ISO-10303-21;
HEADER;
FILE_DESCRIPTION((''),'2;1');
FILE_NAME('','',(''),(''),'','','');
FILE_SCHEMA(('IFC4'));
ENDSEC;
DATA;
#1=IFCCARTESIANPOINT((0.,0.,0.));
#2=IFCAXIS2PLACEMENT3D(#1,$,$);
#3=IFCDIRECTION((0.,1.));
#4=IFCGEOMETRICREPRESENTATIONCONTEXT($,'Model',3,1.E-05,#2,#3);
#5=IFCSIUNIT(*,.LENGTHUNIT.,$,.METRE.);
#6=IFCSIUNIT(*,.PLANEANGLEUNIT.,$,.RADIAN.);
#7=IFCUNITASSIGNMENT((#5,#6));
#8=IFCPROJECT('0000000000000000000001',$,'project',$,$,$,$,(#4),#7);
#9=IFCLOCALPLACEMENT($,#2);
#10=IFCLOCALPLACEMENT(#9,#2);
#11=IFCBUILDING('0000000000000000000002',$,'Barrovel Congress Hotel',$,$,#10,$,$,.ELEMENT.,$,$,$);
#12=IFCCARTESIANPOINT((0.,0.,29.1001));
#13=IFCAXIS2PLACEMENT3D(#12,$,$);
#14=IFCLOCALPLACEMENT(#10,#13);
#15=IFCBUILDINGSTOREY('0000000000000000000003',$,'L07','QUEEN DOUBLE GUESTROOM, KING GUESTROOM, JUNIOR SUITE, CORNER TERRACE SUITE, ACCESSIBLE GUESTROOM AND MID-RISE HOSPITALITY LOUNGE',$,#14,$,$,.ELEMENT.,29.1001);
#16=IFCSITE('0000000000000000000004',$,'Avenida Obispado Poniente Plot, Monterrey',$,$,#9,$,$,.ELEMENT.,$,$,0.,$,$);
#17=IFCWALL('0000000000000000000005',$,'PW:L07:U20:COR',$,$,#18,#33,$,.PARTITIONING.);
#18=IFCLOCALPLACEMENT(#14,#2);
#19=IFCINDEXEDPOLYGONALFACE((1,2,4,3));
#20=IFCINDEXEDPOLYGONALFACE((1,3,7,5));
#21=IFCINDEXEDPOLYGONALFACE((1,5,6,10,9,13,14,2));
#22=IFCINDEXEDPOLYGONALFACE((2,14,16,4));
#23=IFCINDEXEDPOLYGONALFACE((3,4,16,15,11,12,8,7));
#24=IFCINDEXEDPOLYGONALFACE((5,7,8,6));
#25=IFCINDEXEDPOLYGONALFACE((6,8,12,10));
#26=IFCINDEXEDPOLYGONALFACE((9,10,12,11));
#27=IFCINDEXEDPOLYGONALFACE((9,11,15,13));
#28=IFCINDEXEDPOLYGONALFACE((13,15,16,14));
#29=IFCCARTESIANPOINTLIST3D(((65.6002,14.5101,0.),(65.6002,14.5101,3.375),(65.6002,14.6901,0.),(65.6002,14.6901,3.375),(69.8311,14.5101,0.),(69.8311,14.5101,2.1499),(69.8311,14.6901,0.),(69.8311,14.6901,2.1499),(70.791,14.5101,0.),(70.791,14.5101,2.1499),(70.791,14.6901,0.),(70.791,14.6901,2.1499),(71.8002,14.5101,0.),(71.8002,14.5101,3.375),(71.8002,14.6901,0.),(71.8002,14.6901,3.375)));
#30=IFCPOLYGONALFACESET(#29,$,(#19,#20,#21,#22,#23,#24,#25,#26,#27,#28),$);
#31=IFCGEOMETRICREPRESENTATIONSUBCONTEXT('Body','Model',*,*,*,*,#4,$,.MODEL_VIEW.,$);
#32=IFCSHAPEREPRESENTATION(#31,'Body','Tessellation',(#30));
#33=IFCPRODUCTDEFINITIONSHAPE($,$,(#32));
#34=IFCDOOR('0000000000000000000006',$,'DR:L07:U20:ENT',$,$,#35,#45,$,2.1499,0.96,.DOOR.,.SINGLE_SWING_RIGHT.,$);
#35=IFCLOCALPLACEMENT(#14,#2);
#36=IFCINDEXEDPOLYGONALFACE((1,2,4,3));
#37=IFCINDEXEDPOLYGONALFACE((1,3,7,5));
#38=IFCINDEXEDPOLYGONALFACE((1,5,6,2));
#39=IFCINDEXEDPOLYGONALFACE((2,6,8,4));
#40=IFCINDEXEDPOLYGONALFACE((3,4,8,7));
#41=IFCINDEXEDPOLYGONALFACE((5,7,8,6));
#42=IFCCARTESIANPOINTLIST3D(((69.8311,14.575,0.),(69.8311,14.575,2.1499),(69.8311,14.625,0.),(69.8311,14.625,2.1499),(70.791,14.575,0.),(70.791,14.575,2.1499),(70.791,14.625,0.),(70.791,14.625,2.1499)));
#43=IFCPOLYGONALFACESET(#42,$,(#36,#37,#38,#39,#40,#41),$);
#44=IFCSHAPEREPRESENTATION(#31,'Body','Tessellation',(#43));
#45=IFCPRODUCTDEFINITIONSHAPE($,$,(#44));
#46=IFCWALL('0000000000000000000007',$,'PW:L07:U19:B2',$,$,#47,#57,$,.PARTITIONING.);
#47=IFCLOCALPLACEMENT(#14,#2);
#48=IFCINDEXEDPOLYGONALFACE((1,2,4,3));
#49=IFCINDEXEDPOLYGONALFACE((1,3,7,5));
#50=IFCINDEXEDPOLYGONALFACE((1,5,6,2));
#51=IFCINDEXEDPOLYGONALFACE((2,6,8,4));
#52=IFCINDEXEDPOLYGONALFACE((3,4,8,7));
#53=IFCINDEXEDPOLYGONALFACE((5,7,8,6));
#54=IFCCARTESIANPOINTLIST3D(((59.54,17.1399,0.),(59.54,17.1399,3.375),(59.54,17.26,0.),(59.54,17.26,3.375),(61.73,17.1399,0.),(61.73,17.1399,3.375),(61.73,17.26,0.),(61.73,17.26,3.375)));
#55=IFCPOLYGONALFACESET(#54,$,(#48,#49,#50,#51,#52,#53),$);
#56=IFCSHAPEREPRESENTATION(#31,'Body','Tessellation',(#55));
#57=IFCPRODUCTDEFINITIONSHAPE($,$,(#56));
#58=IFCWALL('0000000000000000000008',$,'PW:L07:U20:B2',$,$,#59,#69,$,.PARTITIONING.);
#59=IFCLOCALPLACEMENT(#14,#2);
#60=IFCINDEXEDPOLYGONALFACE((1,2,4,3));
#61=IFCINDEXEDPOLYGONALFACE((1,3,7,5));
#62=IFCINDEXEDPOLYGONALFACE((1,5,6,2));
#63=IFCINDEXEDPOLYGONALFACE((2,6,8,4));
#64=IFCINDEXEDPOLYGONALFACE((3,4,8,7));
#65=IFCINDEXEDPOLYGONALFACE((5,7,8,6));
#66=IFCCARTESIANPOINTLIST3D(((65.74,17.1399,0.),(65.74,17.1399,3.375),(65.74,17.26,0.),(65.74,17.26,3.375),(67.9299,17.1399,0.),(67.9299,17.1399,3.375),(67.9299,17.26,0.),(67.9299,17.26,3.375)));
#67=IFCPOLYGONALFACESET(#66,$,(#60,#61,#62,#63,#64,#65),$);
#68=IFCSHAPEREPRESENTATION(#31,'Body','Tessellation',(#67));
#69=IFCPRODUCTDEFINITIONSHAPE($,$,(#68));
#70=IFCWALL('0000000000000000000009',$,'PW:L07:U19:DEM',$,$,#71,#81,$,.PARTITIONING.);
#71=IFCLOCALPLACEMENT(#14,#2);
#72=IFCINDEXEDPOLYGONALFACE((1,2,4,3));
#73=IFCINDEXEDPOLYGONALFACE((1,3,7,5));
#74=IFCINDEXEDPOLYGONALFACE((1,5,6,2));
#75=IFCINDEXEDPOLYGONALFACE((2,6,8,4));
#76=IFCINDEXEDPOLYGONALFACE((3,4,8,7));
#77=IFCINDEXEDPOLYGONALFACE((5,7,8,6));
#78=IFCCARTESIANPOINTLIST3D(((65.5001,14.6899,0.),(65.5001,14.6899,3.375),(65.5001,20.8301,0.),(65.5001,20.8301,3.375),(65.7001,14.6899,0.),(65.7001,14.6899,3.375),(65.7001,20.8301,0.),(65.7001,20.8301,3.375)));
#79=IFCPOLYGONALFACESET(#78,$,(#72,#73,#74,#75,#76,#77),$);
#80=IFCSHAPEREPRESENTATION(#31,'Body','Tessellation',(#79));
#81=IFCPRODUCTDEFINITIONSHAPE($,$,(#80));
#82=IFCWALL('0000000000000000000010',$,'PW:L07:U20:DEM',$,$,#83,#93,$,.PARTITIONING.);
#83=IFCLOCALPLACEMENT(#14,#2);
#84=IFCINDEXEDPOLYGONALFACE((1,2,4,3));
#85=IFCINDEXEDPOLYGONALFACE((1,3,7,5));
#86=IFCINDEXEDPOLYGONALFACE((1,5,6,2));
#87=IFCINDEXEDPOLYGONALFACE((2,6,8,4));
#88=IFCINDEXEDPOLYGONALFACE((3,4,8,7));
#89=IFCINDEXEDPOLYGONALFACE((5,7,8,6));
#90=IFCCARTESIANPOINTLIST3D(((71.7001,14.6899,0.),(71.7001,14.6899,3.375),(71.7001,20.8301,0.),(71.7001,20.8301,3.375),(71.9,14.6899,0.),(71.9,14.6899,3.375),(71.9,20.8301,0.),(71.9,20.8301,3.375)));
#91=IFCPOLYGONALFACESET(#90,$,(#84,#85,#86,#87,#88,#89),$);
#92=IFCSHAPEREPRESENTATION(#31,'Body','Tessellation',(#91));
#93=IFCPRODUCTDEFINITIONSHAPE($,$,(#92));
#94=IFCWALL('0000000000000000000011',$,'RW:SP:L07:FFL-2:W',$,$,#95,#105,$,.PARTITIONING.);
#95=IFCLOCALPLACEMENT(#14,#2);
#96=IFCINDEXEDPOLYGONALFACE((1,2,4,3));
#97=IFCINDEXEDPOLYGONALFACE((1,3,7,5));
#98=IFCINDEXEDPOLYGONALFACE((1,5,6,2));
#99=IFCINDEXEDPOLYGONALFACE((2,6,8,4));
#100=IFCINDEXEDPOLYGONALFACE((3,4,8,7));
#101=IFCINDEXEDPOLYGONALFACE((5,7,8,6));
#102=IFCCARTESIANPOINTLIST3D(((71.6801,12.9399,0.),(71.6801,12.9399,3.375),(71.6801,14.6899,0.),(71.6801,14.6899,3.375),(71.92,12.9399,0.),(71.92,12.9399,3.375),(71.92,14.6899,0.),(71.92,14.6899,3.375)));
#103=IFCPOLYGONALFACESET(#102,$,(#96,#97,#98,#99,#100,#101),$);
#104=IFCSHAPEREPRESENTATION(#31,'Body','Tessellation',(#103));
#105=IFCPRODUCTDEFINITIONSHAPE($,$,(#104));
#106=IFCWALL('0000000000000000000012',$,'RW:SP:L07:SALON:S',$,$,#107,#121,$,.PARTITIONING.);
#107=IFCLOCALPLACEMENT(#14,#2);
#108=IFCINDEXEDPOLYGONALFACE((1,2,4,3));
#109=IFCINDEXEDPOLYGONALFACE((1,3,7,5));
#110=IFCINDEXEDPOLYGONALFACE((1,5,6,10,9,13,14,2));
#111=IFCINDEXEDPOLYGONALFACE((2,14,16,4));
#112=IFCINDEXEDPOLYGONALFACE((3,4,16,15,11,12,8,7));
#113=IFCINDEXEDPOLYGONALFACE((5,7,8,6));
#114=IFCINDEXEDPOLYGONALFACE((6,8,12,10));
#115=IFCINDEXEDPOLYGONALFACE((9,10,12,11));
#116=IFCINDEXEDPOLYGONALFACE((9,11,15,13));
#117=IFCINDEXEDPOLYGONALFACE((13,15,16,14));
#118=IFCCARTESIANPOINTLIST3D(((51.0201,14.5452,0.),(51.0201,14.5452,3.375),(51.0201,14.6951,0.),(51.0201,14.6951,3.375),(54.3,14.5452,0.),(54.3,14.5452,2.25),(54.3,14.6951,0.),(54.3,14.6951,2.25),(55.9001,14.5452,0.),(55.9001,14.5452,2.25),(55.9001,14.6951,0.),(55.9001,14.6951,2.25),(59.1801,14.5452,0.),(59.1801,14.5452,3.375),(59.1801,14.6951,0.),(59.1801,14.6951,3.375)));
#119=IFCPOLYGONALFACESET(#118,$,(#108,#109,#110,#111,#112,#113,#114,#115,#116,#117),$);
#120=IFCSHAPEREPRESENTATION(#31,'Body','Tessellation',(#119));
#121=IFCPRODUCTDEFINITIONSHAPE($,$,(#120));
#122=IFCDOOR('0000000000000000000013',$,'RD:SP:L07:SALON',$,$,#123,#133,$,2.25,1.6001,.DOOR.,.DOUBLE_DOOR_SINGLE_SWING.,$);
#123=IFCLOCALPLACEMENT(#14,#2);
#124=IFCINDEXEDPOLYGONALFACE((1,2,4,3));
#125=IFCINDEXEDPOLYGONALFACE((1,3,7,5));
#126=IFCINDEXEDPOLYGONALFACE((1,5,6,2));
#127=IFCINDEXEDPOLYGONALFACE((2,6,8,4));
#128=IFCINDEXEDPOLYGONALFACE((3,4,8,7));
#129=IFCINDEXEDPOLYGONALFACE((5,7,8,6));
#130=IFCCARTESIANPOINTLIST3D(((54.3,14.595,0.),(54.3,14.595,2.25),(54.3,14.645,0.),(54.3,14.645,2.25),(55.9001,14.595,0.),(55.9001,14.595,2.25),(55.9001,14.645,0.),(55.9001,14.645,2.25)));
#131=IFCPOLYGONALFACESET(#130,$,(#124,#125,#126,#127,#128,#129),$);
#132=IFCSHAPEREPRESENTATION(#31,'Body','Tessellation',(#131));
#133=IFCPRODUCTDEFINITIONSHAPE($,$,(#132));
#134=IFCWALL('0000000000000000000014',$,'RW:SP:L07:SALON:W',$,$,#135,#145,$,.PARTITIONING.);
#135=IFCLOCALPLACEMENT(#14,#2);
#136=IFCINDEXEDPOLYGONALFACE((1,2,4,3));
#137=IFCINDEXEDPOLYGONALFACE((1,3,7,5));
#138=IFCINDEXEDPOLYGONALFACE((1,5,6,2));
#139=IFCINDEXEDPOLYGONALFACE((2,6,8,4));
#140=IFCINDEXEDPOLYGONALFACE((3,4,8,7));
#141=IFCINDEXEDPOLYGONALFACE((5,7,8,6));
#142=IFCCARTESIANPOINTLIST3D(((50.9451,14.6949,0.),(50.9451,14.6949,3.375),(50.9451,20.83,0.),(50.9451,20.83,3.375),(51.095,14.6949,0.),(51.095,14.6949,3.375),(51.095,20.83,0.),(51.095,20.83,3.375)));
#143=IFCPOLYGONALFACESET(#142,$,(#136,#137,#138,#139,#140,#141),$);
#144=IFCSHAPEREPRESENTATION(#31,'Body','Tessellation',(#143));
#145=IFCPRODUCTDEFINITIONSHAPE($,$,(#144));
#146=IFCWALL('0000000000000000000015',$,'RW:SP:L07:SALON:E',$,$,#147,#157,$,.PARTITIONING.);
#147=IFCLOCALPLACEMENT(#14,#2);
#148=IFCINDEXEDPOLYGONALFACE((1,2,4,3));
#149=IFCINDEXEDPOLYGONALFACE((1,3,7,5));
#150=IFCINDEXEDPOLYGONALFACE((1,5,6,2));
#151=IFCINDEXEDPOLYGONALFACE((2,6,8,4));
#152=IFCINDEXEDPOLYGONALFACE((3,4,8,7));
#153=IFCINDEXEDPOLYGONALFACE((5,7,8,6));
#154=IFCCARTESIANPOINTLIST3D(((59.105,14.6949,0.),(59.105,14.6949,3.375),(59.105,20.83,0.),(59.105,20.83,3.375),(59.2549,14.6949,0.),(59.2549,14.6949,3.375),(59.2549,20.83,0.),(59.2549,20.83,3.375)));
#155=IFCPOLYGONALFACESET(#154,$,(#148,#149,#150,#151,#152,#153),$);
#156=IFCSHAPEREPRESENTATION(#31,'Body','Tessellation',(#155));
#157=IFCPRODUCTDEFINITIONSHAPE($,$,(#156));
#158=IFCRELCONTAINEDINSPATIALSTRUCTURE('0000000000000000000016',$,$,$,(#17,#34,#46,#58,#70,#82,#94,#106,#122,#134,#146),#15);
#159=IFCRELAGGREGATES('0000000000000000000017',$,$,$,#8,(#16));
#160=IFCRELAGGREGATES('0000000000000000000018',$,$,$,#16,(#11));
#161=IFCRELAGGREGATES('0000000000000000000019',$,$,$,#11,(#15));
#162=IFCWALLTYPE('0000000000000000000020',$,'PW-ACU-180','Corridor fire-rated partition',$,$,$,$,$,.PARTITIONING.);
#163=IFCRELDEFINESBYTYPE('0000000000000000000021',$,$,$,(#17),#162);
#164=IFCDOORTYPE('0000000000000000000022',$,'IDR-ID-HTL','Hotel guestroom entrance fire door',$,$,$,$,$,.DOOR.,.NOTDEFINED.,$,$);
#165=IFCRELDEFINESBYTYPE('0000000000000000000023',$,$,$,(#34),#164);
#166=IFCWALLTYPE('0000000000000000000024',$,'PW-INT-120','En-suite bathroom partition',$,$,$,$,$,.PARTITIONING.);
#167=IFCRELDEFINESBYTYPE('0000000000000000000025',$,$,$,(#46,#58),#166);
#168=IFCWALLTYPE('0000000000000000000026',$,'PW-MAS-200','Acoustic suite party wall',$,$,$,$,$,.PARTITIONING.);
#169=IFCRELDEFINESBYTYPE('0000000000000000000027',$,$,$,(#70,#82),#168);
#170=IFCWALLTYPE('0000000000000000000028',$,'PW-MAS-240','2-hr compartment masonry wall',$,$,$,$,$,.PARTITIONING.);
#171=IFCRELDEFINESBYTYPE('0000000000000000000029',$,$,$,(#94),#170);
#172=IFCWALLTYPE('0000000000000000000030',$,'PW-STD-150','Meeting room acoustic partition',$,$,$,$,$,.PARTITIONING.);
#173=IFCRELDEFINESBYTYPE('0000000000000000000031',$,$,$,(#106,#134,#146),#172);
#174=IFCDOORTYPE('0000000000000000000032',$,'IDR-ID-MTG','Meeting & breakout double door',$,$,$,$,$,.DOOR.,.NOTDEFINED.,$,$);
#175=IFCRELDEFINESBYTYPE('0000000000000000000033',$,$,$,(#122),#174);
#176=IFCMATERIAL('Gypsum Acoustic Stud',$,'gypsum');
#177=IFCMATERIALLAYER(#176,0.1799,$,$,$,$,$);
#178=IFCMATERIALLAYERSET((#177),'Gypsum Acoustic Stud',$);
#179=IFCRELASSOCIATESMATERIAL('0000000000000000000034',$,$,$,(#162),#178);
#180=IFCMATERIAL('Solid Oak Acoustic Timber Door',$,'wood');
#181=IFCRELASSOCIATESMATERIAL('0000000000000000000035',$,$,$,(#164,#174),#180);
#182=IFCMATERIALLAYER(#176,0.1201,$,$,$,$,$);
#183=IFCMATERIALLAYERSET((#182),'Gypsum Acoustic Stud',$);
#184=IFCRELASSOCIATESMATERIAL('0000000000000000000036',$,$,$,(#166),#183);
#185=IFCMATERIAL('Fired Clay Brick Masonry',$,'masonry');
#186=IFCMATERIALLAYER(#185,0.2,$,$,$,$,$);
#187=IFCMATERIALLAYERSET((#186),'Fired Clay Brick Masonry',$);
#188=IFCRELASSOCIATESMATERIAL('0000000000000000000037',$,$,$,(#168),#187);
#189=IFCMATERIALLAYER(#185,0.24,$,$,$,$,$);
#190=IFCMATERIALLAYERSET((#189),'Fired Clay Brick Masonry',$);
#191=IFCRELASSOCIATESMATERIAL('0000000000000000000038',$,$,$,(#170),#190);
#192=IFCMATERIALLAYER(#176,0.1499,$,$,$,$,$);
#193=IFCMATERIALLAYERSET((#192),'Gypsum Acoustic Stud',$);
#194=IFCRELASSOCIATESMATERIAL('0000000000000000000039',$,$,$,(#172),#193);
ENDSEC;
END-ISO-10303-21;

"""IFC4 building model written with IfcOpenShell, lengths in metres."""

from ifc_helpers import new_model, si_unit, direction, frame, frame_2d, origin, place, context, subcontext, project, spatial, rectangle, extrude, material, layer, layer_set, type_object, element, fill, save


model = new_model("IFC4")

# Units and contexts
model_context = context("Model", 3, precision=1e-05, world=origin(), true_north=direction((0.0, 1.0)))
body_context = subcontext(model_context, "Body", "Model", "MODEL_VIEW")
ifc_project = project(units=[si_unit("LENGTHUNIT", "METRE"), si_unit("PLANEANGLEUNIT", "RADIAN")], contexts=[model_context])

# Site, building, storey
site_placement = place(None, origin())
site = spatial("IfcSite", under=ifc_project, at=site_placement, Name="Avenida Obispado Poniente Plot, Monterrey", CompositionType="ELEMENT", RefElevation=0.0)
building_placement = place(site_placement, origin())
building = spatial("IfcBuilding", under=site, at=building_placement, Name="Barrovel Congress Hotel", CompositionType="ELEMENT")
storey_placement = place(building_placement, frame((0.0, 0.0, 29.1001)))
storey = spatial("IfcBuildingStorey", under=building, at=storey_placement, Name="L07", Description="QUEEN DOUBLE GUESTROOM, KING GUESTROOM, JUNIOR SUITE, CORNER TERRACE SUITE, ACCESSIBLE GUESTROOM AND MID-RISE HOSPITALITY LOUNGE", CompositionType="ELEMENT", Elevation=29.1001)

# Wall, opening, door
ifc_material_1 = material(Name="Gypsum Acoustic Stud", Category="gypsum")
ifc_layer_1 = layer(ifc_material_1, 0.1799)
ifc_layer_set_1 = layer_set([ifc_layer_1], Name="Gypsum Acoustic Stud")
wall_type_1 = type_object("IfcWallType", Name="PW-ACU-180", Description="Corridor fire-rated partition", PredefinedType="PARTITIONING", material=ifc_layer_set_1)
ifc_material_2 = material(Name="Solid Oak Acoustic Timber Door", Category="wood")
door_type_1 = type_object("IfcDoorType", Name="IDR-ID-HTL", Description="Hotel guestroom entrance fire door", OperationType="NOTDEFINED", PredefinedType="DOOR", material=ifc_material_2)
wall_1_placement = place(storey_placement, frame((65.6001, 14.6001, 0.0), z_axis=(0.0, 0.0, 1.0), x_axis=(1.0, 0.0, 0.0)))
wall_1 = element("IfcWall", 1, at=wall_1_placement, inside=storey, type_object=wall_type_1, Name="PW:L07:U20:COR", PredefinedType="PARTITIONING", context=body_context, shape_type="SweptSolid", body=[
    extrude(rectangle(XDim=6.2, YDim=0.1799, at=frame_2d((3.1001, 0.0))), origin(), (0.0, 0.0, 1.0), 3.375),
])
opening_1_placement = place(wall_1_placement, frame((4.231, 0.0, 0.0)))
opening_1 = element("IfcOpeningElement", 2, at=opening_1_placement, cuts=wall_1, PredefinedType="OPENING", context=body_context, shape_type="SweptSolid", body=[
    extrude(rectangle(XDim=0.96, YDim=2.1499, at=frame_2d((0.48, 1.075))), frame((0.0, 0.1001, 0.0), z_axis=(0.0, -1.0, 0.0), x_axis=(1.0, 0.0, 0.0)), (0.0, 0.0, 1.0), 0.2),
])
door_1_placement = place(opening_1_placement, origin())
door_1 = element("IfcDoor", 3, at=door_1_placement, inside=storey, type_object=door_type_1, Name="DR:L07:U20:ENT", OperationType="SINGLE_SWING_RIGHT", OverallHeight=2.1499, OverallWidth=0.96, PredefinedType="DOOR", context=body_context, shape_type="SweptSolid", body=[
    extrude(rectangle(XDim=0.96, YDim=2.1499, at=frame_2d((0.48, 1.075))), frame((0.0, 0.0249, 0.0), z_axis=(0.0, -1.0, 0.0), x_axis=(1.0, 0.0, 0.0)), (0.0, 0.0, 1.0), 0.05),
])
fill(opening_1, door_1)

# Walls
ifc_layer_2 = layer(ifc_material_1, 0.1201)
ifc_layer_set_2 = layer_set([ifc_layer_2], Name="Gypsum Acoustic Stud")
wall_type_2 = type_object("IfcWallType", Name="PW-INT-120", Description="En-suite bathroom partition", PredefinedType="PARTITIONING", material=ifc_layer_set_2)
for number, where, z_axis, x_axis, name in (
    (4, (59.54, 17.2, 0.0), (0.0, 0.0, 1.0), (1.0, 0.0, 0.0), "PW:L07:U19:B2"),
    (5, (65.74, 17.2, 0.0), (0.0, 0.0, 1.0), (1.0, 0.0, 0.0), "PW:L07:U20:B2"),
):
    element("IfcWall", number, at=place(storey_placement, frame(where, z_axis=z_axis, x_axis=x_axis)), inside=storey, type_object=wall_type_2, Name=name, PredefinedType="PARTITIONING", context=body_context, shape_type="SweptSolid", body=[
        extrude(rectangle(XDim=2.1899, YDim=0.1201, at=frame_2d((1.095, 0.0))), origin(), (0.0, 0.0, 1.0), 3.375),
    ])
ifc_material_3 = material(Name="Fired Clay Brick Masonry", Category="masonry")
ifc_layer_3 = layer(ifc_material_3, 0.2)
ifc_layer_set_3 = layer_set([ifc_layer_3], Name="Fired Clay Brick Masonry")
wall_type_3 = type_object("IfcWallType", Name="PW-MAS-200", Description="Acoustic suite party wall", PredefinedType="PARTITIONING", material=ifc_layer_set_3)
for number, where, z_axis, x_axis, name in (
    (6, (65.6001, 14.6899, 0.0), (0.0, 0.0, 1.0), (0.0, 1.0, 0.0), "PW:L07:U19:DEM"),
    (7, (71.8, 14.6899, 0.0), (0.0, 0.0, 1.0), (0.0, 1.0, 0.0), "PW:L07:U20:DEM"),
):
    element("IfcWall", number, at=place(storey_placement, frame(where, z_axis=z_axis, x_axis=x_axis)), inside=storey, type_object=wall_type_3, Name=name, PredefinedType="PARTITIONING", context=body_context, shape_type="SweptSolid", body=[
        extrude(rectangle(XDim=6.1401, YDim=0.2, at=frame_2d((3.0701, 0.0))), origin(), (0.0, 0.0, 1.0), 3.375),
    ])
ifc_layer_4 = layer(ifc_material_3, 0.24)
ifc_layer_set_4 = layer_set([ifc_layer_4], Name="Fired Clay Brick Masonry")
wall_type_4 = type_object("IfcWallType", Name="PW-MAS-240", Description="2-hr compartment masonry wall", PredefinedType="PARTITIONING", material=ifc_layer_set_4)
wall_2_placement = place(storey_placement, frame((71.8, 12.9399, 0.0), z_axis=(0.0, 0.0, 1.0), x_axis=(0.0, 1.0, 0.0)))
element("IfcWall", 8, at=wall_2_placement, inside=storey, type_object=wall_type_4, Name="RW:SP:L07:FFL-2:W", PredefinedType="PARTITIONING", context=body_context, shape_type="SweptSolid", body=[
    extrude(rectangle(XDim=1.75, YDim=0.24, at=frame_2d((0.875, 0.0))), origin(), (0.0, 0.0, 1.0), 3.375),
])

# Wall, opening, door
ifc_layer_5 = layer(ifc_material_1, 0.1499)
ifc_layer_set_5 = layer_set([ifc_layer_5], Name="Gypsum Acoustic Stud")
wall_type_5 = type_object("IfcWallType", Name="PW-STD-150", Description="Meeting room acoustic partition", PredefinedType="PARTITIONING", material=ifc_layer_set_5)
wall_3_placement = place(storey_placement, frame((51.02, 14.6201, 0.0), z_axis=(0.0, 0.0, 1.0), x_axis=(1.0, 0.0, 0.0)))
wall_3 = element("IfcWall", 9, at=wall_3_placement, inside=storey, type_object=wall_type_5, Name="RW:SP:L07:SALON:S", PredefinedType="PARTITIONING", context=body_context, shape_type="SweptSolid", body=[
    extrude(rectangle(XDim=8.1599, YDim=0.1499, at=frame_2d((4.0801, 0.0))), origin(), (0.0, 0.0, 1.0), 3.375),
])
opening_2_placement = place(wall_3_placement, frame((3.28, 0.0, 0.0)))
opening_2 = element("IfcOpeningElement", 10, at=opening_2_placement, cuts=wall_3, PredefinedType="OPENING", context=body_context, shape_type="SweptSolid", body=[
    extrude(rectangle(XDim=1.6001, YDim=2.25, at=frame_2d((0.8, 1.125))), frame((0.0, 0.085, 0.0), z_axis=(0.0, -1.0, 0.0), x_axis=(1.0, 0.0, 0.0)), (0.0, 0.0, 1.0), 0.1699),
])
door_type_2 = type_object("IfcDoorType", Name="IDR-ID-MTG", Description="Meeting & breakout double door", OperationType="NOTDEFINED", PredefinedType="DOOR", material=ifc_material_2)
door_2_placement = place(opening_2_placement, origin())
door_2 = element("IfcDoor", 11, at=door_2_placement, inside=storey, type_object=door_type_2, Name="RD:SP:L07:SALON", OperationType="DOUBLE_DOOR_SINGLE_SWING", OverallHeight=2.25, OverallWidth=1.6001, PredefinedType="DOOR", context=body_context, shape_type="SweptSolid", body=[
    extrude(rectangle(XDim=1.6001, YDim=2.25, at=frame_2d((0.8, 1.125))), frame((0.0, 0.0249, 0.0), z_axis=(0.0, -1.0, 0.0), x_axis=(1.0, 0.0, 0.0)), (0.0, 0.0, 1.0), 0.05),
])
fill(opening_2, door_2)

# Walls
for number, where, z_axis, x_axis, name in (
    (12, (51.02, 14.6951, 0.0), (0.0, 0.0, 1.0), (0.0, 1.0, 0.0), "RW:SP:L07:SALON:W"),
    (13, (59.1799, 14.6951, 0.0), (0.0, 0.0, 1.0), (0.0, 1.0, 0.0), "RW:SP:L07:SALON:E"),
):
    element("IfcWall", number, at=place(storey_placement, frame(where, z_axis=z_axis, x_axis=x_axis)), inside=storey, type_object=wall_type_5, Name=name, PredefinedType="PARTITIONING", context=body_context, shape_type="SweptSolid", body=[
        extrude(rectangle(XDim=6.135, YDim=0.1499, at=frame_2d((3.0674, 0.0))), origin(), (0.0, 0.0, 1.0), 3.375),
    ])

save(model, "model.ifc")
